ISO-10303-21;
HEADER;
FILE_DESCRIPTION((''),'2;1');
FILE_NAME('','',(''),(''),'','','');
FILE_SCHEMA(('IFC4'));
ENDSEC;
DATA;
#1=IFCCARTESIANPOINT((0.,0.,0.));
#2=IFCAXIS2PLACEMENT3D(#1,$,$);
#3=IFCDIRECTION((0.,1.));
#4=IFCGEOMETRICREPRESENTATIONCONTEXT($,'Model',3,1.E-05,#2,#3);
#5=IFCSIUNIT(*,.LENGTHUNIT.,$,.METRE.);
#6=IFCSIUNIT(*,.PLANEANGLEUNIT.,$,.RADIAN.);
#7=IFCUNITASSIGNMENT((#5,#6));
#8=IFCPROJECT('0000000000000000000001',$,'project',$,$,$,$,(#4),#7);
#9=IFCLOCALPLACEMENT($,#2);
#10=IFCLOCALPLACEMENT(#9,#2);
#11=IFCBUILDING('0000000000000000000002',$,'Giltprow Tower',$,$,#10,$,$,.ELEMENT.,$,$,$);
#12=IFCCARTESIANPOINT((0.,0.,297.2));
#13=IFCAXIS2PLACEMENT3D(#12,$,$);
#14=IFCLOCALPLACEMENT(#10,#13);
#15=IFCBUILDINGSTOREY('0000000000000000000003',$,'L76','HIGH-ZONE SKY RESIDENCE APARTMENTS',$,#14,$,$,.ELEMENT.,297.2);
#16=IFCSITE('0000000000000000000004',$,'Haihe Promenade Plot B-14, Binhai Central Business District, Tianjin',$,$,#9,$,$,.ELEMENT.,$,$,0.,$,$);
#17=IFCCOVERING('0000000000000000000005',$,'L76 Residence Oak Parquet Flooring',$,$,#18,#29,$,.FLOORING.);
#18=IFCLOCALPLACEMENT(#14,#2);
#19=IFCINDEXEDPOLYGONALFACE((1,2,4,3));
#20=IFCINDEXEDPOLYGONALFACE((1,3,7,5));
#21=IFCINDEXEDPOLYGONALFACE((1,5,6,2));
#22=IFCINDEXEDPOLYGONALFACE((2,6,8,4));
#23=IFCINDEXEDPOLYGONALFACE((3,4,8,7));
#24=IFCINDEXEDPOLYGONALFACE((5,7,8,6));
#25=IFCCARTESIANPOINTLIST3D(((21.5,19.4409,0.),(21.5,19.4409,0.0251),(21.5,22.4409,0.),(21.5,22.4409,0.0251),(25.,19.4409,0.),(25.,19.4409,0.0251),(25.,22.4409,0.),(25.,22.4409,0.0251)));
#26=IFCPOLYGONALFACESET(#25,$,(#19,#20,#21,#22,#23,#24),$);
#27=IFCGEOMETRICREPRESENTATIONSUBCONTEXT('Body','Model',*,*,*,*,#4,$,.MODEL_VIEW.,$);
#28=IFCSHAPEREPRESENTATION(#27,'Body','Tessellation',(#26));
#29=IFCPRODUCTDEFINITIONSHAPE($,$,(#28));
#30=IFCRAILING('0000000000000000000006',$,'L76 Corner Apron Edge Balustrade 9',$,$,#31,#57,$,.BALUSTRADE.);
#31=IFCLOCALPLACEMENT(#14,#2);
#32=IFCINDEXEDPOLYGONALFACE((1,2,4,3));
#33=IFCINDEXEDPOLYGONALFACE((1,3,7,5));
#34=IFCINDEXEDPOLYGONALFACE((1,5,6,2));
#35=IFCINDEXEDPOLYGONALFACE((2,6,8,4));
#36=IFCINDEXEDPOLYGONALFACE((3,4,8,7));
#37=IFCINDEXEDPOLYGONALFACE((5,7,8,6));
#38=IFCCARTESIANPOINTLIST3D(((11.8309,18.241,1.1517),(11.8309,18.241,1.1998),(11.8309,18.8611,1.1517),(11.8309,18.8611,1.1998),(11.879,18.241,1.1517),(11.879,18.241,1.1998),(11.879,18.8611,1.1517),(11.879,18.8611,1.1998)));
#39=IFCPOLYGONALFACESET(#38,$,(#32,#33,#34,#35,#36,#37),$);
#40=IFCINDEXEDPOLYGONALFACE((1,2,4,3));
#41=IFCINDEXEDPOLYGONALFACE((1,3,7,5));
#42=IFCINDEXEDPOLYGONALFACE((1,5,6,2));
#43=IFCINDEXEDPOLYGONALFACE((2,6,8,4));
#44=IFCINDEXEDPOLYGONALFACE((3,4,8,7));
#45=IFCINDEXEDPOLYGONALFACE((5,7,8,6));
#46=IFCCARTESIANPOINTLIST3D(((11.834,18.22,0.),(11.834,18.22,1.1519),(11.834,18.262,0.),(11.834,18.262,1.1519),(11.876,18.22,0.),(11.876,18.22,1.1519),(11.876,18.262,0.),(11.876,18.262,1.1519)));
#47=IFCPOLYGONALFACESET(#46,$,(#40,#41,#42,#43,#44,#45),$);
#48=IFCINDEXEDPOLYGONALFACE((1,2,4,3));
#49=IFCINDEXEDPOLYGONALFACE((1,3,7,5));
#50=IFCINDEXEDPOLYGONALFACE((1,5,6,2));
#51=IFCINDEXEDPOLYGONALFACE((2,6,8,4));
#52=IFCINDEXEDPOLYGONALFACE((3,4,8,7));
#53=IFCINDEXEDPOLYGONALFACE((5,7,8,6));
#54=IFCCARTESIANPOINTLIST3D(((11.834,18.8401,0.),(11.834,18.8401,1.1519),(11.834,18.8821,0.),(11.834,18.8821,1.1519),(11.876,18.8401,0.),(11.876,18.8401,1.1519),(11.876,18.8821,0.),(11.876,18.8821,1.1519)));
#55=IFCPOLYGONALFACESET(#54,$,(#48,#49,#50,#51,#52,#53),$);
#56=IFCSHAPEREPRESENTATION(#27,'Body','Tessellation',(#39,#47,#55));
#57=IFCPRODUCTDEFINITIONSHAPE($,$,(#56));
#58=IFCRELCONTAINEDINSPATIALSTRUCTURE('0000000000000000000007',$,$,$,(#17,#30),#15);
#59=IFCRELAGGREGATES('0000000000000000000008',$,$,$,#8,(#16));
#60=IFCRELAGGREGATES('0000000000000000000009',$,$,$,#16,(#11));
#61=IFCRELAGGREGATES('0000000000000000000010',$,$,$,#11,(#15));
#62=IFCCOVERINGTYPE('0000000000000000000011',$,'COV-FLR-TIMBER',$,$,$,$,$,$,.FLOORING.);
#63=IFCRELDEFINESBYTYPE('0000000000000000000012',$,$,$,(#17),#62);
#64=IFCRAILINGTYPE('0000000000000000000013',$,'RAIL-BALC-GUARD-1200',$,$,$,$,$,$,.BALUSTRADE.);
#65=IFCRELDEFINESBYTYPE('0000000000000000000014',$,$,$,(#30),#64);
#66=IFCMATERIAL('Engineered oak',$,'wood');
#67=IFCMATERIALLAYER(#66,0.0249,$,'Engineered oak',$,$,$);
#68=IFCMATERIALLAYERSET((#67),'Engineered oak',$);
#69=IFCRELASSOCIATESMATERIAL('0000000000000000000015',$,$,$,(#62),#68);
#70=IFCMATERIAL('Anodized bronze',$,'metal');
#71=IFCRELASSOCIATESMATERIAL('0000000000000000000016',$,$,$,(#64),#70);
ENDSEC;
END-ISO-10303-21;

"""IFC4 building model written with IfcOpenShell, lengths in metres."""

from ifc_helpers import new_model, si_unit, direction, frame, origin, origin_2d, place, context, subcontext, project, spatial, polyline, rectangle, outline, extrude, material, layer, layer_set, type_object, element, save


model = new_model("IFC4")

# Units and contexts
model_context = context("Model", 3, precision=1e-05, world=origin(), true_north=direction((0.0, 1.0)))
body_context = subcontext(model_context, "Body", "Model", "MODEL_VIEW")
ifc_project = project(units=[si_unit("LENGTHUNIT", "METRE"), si_unit("PLANEANGLEUNIT", "RADIAN")], contexts=[model_context])

# Site, building, storey
site_placement = place(None, origin())
site = spatial("IfcSite", under=ifc_project, at=site_placement, Name="Haihe Promenade Plot B-14, Binhai Central Business District, Tianjin", CompositionType="ELEMENT", RefElevation=0.0)
building_placement = place(site_placement, origin())
building = spatial("IfcBuilding", under=site, at=building_placement, Name="Giltprow Tower", CompositionType="ELEMENT")
storey_placement = place(building_placement, frame((0.0, 0.0, 297.2)))
storey = spatial("IfcBuildingStorey", under=building, at=storey_placement, Name="L76", Description="HIGH-ZONE SKY RESIDENCE APARTMENTS", CompositionType="ELEMENT", Elevation=297.2)

# Shared definitions
ifc_material_1 = material(Name="Anodized bronze", Category="metal")

# Covering
ifc_material_2 = material(Name="Engineered oak", Category="wood")
ifc_layer_1 = layer(ifc_material_2, 0.0249, Name="Engineered oak")
ifc_layer_set_1 = layer_set([ifc_layer_1], Name="Engineered oak")
covering_type_1 = type_object("IfcCoveringType", Name="COV-FLR-TIMBER", PredefinedType="FLOORING", material=ifc_layer_set_1)
covering_1_placement = place(storey_placement, origin())
element("IfcCovering", 1, at=covering_1_placement, inside=storey, type_object=covering_type_1, Name="L76 Residence Oak Parquet Flooring", PredefinedType="FLOORING", context=body_context, shape_type="SweptSolid", body=[
    extrude(outline(polyline([(21.5, 19.4409), (25.0, 19.4409), (25.0, 22.4409), (21.5, 22.4409), (21.5, 19.4409)])), origin(), (0.0, 0.0, 1.0), 0.0251),
])

# Railing
railing_type = type_object("IfcRailingType", Name="RAIL-BALC-GUARD-1200", PredefinedType="BALUSTRADE", material=ifc_material_1)
railing_placement = place(storey_placement, frame((11.855, 18.241, 0.0)))
element("IfcRailing", 2, at=railing_placement, inside=storey, type_object=railing_type, Name="L76 Corner Apron Edge Balustrade 9", PredefinedType="BALUSTRADE", context=body_context, shape_type="SweptSolid", body=[
    extrude(rectangle(XDim=0.0481, YDim=0.0481, at=origin_2d()), frame((0.0, 0.0, 1.1758), z_axis=(0.0, 1.0, 0.0), x_axis=(-1.0, 0.0, 0.0)), (0.0, 0.0, 1.0), 0.6201),
    extrude(rectangle(XDim=0.042, YDim=0.042, at=origin_2d()), origin(), (0.0, 0.0, 1.0), 1.1519),
    extrude(rectangle(XDim=0.042, YDim=0.042, at=origin_2d()), frame((0.0, 0.6201, 0.0)), (0.0, 0.0, 1.0), 1.1519),
])

save(model, "model.ifc")
